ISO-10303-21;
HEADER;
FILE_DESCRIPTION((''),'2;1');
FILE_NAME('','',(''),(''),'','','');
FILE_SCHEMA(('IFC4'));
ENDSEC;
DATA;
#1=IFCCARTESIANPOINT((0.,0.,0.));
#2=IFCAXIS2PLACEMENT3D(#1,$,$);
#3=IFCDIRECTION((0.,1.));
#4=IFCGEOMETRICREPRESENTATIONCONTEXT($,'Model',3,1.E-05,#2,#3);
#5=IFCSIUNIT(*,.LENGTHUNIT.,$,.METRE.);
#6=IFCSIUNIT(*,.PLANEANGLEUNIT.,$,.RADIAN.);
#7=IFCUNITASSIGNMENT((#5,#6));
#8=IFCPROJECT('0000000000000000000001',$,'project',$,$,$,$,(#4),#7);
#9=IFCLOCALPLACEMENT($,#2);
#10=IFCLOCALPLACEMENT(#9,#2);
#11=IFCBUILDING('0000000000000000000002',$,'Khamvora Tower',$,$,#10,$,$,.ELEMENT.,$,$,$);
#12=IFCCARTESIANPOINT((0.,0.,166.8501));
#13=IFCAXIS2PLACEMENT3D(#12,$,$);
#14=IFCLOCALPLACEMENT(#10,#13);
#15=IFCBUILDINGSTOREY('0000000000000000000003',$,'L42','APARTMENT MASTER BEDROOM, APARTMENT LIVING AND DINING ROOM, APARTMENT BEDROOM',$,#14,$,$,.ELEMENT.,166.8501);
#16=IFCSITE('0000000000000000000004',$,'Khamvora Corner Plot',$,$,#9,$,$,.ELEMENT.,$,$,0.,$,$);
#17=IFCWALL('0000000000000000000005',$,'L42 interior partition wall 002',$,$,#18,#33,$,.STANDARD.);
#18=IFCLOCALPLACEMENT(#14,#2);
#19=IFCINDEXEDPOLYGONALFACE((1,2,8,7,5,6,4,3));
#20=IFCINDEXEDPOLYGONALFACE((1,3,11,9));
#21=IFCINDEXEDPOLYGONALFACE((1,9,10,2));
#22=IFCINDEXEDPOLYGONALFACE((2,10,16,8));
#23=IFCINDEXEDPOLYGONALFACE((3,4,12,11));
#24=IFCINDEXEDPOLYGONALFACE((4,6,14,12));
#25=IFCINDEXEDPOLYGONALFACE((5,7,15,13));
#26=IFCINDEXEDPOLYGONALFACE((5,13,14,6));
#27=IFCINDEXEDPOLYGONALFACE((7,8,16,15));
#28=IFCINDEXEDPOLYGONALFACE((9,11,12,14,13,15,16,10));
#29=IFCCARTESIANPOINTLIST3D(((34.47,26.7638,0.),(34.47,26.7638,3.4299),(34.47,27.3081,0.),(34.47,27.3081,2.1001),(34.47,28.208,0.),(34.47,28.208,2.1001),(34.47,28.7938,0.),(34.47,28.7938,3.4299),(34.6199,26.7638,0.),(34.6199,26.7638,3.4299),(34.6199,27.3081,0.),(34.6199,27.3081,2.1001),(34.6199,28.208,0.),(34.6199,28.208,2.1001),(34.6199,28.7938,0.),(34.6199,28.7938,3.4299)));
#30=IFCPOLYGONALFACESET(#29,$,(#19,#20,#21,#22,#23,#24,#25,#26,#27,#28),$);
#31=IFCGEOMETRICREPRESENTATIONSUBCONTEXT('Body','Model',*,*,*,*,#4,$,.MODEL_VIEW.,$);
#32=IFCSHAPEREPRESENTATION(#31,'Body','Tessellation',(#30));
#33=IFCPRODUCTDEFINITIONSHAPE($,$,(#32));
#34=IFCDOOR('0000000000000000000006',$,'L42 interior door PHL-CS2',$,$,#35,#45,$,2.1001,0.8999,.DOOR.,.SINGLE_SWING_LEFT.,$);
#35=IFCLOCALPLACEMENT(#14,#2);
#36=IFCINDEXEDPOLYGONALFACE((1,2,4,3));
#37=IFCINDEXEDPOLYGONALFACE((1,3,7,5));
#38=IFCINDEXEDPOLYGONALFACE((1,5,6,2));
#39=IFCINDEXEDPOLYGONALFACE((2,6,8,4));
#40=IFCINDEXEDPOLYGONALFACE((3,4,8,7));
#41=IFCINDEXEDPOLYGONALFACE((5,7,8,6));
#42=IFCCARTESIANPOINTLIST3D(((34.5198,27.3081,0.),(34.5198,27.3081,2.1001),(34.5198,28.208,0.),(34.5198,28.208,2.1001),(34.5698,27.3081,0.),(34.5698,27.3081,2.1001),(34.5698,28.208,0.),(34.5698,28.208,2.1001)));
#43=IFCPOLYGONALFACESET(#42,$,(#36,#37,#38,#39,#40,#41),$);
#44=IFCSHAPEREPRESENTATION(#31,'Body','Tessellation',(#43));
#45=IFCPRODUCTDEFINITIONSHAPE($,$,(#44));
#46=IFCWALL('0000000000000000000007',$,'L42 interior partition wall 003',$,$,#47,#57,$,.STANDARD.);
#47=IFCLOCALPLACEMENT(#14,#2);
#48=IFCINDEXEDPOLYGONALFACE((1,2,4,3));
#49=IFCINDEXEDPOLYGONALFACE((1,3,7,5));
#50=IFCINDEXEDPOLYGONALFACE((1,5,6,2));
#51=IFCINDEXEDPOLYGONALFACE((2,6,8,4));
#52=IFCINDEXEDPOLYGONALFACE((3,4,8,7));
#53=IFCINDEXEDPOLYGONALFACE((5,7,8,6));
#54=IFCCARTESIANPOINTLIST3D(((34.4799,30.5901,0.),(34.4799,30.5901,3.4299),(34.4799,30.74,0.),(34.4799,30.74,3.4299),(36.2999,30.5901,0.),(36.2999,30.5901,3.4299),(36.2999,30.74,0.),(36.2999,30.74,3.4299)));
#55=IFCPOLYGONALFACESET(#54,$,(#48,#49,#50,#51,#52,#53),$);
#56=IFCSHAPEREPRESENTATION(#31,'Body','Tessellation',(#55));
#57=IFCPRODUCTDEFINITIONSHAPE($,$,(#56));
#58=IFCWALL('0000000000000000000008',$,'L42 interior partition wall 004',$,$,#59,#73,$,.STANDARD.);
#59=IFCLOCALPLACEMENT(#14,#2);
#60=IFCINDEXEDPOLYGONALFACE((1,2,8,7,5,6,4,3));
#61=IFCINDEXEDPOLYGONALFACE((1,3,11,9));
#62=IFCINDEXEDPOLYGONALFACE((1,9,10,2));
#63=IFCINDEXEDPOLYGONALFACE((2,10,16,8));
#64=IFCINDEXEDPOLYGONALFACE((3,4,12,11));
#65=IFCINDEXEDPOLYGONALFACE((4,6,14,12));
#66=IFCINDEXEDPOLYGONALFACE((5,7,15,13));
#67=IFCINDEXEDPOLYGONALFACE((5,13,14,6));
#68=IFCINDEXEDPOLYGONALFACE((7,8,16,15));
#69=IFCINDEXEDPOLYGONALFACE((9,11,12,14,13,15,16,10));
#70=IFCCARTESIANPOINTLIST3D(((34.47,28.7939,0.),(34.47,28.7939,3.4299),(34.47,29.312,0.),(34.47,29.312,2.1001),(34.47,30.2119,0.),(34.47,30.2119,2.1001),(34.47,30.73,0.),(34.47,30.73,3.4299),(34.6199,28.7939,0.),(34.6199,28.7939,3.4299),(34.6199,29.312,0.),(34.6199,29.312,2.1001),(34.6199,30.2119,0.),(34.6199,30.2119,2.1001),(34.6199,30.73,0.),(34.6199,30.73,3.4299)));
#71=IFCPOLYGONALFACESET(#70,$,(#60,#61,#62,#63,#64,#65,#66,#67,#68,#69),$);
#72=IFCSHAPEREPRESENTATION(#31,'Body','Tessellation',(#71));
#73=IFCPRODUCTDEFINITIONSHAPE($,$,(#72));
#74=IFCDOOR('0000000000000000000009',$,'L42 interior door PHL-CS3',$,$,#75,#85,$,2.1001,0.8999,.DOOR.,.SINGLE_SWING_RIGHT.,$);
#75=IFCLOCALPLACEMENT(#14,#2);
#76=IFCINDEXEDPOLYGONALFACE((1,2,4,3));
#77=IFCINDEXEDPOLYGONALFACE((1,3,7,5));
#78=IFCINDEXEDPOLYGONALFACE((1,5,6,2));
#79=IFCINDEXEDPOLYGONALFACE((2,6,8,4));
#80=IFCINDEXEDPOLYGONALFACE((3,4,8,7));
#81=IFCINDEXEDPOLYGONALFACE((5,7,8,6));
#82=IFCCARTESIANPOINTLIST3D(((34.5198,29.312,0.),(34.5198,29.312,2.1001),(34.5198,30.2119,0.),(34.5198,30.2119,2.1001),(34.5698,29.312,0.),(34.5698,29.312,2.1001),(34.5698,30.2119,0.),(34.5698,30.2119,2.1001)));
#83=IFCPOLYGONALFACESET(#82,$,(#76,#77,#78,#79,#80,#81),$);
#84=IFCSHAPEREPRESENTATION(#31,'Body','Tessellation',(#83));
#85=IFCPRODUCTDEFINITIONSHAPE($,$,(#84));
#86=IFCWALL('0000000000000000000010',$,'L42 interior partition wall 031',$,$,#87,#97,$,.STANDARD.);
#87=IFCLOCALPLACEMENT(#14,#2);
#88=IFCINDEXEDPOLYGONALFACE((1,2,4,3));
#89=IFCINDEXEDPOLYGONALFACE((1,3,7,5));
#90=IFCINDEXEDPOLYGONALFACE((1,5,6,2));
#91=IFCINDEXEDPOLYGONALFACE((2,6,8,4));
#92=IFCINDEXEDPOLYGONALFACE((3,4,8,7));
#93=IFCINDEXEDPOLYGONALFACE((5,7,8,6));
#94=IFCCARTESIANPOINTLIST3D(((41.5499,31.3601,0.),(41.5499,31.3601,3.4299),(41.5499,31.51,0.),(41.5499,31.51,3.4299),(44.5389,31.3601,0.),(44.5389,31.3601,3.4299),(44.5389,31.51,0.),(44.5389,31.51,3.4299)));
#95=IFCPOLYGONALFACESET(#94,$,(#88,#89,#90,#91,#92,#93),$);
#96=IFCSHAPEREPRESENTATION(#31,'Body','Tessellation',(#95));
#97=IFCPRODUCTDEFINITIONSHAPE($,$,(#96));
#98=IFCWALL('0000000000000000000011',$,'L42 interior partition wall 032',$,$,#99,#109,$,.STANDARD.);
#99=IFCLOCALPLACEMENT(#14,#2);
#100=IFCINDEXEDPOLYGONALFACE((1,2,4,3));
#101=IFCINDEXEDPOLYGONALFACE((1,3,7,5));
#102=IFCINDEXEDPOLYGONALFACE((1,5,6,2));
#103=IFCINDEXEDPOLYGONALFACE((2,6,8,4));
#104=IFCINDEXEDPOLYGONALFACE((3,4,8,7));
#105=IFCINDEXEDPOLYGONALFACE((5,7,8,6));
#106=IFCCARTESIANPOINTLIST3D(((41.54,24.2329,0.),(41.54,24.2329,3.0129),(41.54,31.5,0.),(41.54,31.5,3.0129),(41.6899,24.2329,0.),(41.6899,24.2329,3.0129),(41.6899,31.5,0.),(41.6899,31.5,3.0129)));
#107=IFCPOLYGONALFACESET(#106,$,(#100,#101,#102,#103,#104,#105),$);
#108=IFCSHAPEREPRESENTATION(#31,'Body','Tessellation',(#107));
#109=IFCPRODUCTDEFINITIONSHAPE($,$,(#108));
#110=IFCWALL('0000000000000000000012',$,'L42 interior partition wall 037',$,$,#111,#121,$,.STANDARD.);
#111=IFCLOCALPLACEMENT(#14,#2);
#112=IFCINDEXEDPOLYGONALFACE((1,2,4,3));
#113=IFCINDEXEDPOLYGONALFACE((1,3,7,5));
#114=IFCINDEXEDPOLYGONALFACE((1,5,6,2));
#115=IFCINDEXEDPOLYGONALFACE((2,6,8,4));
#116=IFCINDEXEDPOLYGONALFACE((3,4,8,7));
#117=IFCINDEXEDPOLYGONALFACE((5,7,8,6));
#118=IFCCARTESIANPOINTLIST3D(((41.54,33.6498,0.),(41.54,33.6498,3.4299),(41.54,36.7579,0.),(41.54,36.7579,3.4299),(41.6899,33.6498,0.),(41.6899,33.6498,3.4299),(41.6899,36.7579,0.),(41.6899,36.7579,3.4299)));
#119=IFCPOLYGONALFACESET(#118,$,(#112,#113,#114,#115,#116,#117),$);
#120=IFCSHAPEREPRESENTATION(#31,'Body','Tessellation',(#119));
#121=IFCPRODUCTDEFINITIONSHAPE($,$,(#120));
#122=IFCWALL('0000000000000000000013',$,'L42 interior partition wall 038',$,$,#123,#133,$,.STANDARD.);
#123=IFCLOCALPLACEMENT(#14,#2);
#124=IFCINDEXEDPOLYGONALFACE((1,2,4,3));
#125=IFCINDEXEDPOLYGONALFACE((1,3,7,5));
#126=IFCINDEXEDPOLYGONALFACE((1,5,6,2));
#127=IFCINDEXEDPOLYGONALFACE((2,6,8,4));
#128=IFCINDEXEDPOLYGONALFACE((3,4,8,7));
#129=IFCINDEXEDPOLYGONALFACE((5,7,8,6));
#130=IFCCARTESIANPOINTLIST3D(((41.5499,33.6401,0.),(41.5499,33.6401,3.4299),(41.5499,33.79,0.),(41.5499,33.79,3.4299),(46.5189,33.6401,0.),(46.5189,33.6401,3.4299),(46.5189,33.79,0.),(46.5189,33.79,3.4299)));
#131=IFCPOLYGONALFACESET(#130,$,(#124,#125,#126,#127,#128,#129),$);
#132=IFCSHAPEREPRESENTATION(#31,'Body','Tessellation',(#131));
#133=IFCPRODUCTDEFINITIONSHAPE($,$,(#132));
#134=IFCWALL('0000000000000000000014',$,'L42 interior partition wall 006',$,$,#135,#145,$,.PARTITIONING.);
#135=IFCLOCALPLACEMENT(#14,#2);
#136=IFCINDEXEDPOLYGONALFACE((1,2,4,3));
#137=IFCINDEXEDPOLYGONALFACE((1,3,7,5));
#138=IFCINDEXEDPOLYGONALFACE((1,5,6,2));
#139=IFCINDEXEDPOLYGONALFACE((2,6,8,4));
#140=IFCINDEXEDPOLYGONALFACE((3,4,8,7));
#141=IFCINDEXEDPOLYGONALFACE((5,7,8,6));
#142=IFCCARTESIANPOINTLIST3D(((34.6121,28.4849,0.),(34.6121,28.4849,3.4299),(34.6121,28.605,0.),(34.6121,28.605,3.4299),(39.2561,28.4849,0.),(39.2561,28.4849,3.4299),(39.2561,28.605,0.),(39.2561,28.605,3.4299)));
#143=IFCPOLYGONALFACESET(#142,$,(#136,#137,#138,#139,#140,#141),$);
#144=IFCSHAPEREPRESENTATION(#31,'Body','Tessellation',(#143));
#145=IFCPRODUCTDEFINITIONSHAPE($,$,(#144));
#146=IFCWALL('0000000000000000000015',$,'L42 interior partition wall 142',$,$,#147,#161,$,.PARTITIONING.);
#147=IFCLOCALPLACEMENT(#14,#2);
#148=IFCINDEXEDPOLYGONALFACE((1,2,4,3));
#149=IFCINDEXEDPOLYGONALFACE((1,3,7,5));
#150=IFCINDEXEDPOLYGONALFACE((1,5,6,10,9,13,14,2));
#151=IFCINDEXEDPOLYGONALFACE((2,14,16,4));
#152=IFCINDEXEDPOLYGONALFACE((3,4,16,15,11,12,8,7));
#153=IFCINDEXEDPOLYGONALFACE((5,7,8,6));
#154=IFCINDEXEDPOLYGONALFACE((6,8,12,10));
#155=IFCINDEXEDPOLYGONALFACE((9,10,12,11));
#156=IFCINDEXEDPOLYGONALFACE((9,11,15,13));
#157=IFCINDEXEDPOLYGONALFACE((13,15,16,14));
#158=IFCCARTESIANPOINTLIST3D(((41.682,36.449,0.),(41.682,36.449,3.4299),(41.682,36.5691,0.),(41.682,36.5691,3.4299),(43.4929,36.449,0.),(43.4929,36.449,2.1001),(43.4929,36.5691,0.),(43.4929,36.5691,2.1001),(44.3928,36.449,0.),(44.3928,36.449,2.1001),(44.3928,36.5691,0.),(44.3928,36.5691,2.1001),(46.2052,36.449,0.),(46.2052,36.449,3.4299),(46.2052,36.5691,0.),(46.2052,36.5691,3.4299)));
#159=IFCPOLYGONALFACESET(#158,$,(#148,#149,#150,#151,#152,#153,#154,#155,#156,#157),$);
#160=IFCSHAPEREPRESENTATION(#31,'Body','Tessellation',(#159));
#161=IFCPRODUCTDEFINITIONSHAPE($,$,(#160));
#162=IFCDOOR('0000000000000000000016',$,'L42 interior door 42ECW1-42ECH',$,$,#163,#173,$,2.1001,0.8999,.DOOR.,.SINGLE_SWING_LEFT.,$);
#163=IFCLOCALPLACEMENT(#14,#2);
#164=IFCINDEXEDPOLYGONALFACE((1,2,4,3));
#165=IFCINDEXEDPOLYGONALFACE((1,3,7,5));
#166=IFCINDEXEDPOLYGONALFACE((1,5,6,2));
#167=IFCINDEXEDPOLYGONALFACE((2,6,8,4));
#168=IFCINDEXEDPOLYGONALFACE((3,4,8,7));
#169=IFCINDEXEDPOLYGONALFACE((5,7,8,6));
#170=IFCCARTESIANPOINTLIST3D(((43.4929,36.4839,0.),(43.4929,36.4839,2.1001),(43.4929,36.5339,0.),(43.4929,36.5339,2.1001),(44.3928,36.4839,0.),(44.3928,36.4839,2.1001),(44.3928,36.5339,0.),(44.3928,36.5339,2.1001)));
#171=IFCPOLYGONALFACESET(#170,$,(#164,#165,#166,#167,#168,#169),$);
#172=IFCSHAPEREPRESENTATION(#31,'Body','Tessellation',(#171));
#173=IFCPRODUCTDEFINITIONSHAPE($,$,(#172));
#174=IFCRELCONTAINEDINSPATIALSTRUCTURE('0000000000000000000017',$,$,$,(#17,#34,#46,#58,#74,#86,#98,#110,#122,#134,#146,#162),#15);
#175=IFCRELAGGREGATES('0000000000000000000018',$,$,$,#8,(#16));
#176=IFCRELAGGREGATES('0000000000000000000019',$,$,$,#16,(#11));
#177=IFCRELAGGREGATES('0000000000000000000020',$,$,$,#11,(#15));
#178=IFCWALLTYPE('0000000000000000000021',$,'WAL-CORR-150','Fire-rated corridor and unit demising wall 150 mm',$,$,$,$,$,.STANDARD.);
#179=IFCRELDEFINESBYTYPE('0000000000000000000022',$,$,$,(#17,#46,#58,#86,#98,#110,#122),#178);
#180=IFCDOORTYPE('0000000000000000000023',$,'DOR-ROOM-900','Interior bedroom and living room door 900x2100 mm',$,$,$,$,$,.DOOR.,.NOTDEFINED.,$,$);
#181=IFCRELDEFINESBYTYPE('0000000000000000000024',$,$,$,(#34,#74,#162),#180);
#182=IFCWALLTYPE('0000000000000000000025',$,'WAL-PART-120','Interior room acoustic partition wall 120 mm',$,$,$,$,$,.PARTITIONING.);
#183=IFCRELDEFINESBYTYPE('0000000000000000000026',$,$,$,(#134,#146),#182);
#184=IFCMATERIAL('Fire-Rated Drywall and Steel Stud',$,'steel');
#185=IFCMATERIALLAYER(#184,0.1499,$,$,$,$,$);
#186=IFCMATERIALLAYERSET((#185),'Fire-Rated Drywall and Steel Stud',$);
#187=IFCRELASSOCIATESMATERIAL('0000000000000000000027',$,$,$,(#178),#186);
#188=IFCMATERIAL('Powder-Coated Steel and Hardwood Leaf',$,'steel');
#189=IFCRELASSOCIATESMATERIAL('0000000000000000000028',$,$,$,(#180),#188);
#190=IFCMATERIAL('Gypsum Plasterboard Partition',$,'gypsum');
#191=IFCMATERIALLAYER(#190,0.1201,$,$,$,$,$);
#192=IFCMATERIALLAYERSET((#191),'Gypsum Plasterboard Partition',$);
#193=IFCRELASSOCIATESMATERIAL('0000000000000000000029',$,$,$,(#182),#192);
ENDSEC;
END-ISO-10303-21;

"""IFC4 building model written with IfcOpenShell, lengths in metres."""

from ifc_helpers import new_model, si_unit, direction, frame, frame_2d, origin, place, context, subcontext, project, spatial, rectangle, extrude, material, layer, layer_set, type_object, element, fill, save


model = new_model("IFC4")

# Units and contexts
model_context = context("Model", 3, precision=1e-05, world=origin(), true_north=direction((0.0, 1.0)))
body_context = subcontext(model_context, "Body", "Model", "MODEL_VIEW")
ifc_project = project(units=[si_unit("LENGTHUNIT", "METRE"), si_unit("PLANEANGLEUNIT", "RADIAN")], contexts=[model_context])

# Site, building, storey
site_placement = place(None, origin())
site = spatial("IfcSite", under=ifc_project, at=site_placement, Name="Khamvora Corner Plot", CompositionType="ELEMENT", RefElevation=0.0)
building_placement = place(site_placement, origin())
building = spatial("IfcBuilding", under=site, at=building_placement, Name="Khamvora Tower", CompositionType="ELEMENT")
storey_placement = place(building_placement, frame((0.0, 0.0, 166.8501)))
storey = spatial("IfcBuildingStorey", under=building, at=storey_placement, Name="L42", Description="APARTMENT MASTER BEDROOM, APARTMENT LIVING AND DINING ROOM, APARTMENT BEDROOM", CompositionType="ELEMENT", Elevation=166.8501)

# Shared definitions
ifc_material_1 = material(Name="Powder-Coated Steel and Hardwood Leaf", Category="steel")

# Wall, opening, door
ifc_material_2 = material(Name="Fire-Rated Drywall and Steel Stud", Category="steel")
ifc_layer_1 = layer(ifc_material_2, 0.1499)
ifc_layer_set_1 = layer_set([ifc_layer_1], Name="Fire-Rated Drywall and Steel Stud")
wall_type_1 = type_object("IfcWallType", Name="WAL-CORR-150", Description="Fire-rated corridor and unit demising wall 150 mm", PredefinedType="STANDARD", material=ifc_layer_set_1)
wall_1_placement = place(storey_placement, frame((34.5449, 28.7939, 0.0), z_axis=(0.0, 0.0, 1.0), x_axis=(0.0, -1.0, 0.0)))
wall_1 = element("IfcWall", 1, at=wall_1_placement, inside=storey, type_object=wall_type_1, Name="L42 interior partition wall 002", PredefinedType="STANDARD", context=body_context, shape_type="SweptSolid", body=[
    extrude(rectangle(XDim=2.03, YDim=0.1499, at=frame_2d((1.0151, 0.0))), origin(), (0.0, 0.0, 1.0), 3.4299),
])
opening_1_placement = place(wall_1_placement, frame((0.5859, 0.0, 0.0)))
opening_1 = element("IfcOpeningElement", 2, at=opening_1_placement, cuts=wall_1, PredefinedType="OPENING", context=body_context, shape_type="SweptSolid", body=[
    extrude(rectangle(XDim=0.8999, YDim=2.1001, at=frame_2d((0.45, 1.05))), frame((0.0, 0.085, 0.0), z_axis=(0.0, -1.0, 0.0), x_axis=(1.0, 0.0, 0.0)), (0.0, 0.0, 1.0), 0.1699),
])
door_type_1 = type_object("IfcDoorType", Name="DOR-ROOM-900", Description="Interior bedroom and living room door 900x2100 mm", OperationType="NOTDEFINED", PredefinedType="DOOR", material=ifc_material_1)
door_1_placement = place(opening_1_placement, origin())
door_1 = element("IfcDoor", 3, at=door_1_placement, inside=storey, type_object=door_type_1, Name="L42 interior door PHL-CS2", OperationType="SINGLE_SWING_LEFT", OverallHeight=2.1001, OverallWidth=0.8999, PredefinedType="DOOR", context=body_context, shape_type="SweptSolid", body=[
    extrude(rectangle(XDim=0.8999, YDim=2.1001, at=frame_2d((0.45, 1.05))), frame((0.0, 0.0249, 0.0), z_axis=(0.0, -1.0, 0.0), x_axis=(1.0, 0.0, 0.0)), (0.0, 0.0, 1.0), 0.05),
])
fill(opening_1, door_1)

# Wall
wall_2_placement = place(storey_placement, frame((36.3, 30.665, 0.0), z_axis=(0.0, 0.0, 1.0), x_axis=(-1.0, 0.0, 0.0)))
element("IfcWall", 4, at=wall_2_placement, inside=storey, type_object=wall_type_1, Name="L42 interior partition wall 003", PredefinedType="STANDARD", context=body_context, shape_type="SweptSolid", body=[
    extrude(rectangle(XDim=1.8201, YDim=0.1499, at=frame_2d((0.9102, 0.0))), origin(), (0.0, 0.0, 1.0), 3.4299),
])

# Wall, opening, door
wall_3_placement = place(storey_placement, frame((34.5449, 30.73, 0.0), z_axis=(0.0, 0.0, 1.0), x_axis=(0.0, -1.0, 0.0)))
wall_3 = element("IfcWall", 5, at=wall_3_placement, inside=storey, type_object=wall_type_1, Name="L42 interior partition wall 004", PredefinedType="STANDARD", context=body_context, shape_type="SweptSolid", body=[
    extrude(rectangle(XDim=1.936, YDim=0.1499, at=frame_2d((0.968, 0.0))), origin(), (0.0, 0.0, 1.0), 3.4299),
])
opening_2_placement = place(wall_3_placement, frame((0.5181, 0.0, 0.0)))
opening_2 = element("IfcOpeningElement", 6, at=opening_2_placement, cuts=wall_3, PredefinedType="OPENING", context=body_context, shape_type="SweptSolid", body=[
    extrude(rectangle(XDim=0.8999, YDim=2.1001, at=frame_2d((0.45, 1.05))), frame((0.0, 0.085, 0.0), z_axis=(0.0, -1.0, 0.0), x_axis=(1.0, 0.0, 0.0)), (0.0, 0.0, 1.0), 0.1699),
])
door_2_placement = place(opening_2_placement, origin())
door_2 = element("IfcDoor", 7, at=door_2_placement, inside=storey, type_object=door_type_1, Name="L42 interior door PHL-CS3", OperationType="SINGLE_SWING_RIGHT", OverallHeight=2.1001, OverallWidth=0.8999, PredefinedType="DOOR", context=body_context, shape_type="SweptSolid", body=[
    extrude(rectangle(XDim=0.8999, YDim=2.1001, at=frame_2d((0.45, 1.05))), frame((0.0, 0.0249, 0.0), z_axis=(0.0, -1.0, 0.0), x_axis=(1.0, 0.0, 0.0)), (0.0, 0.0, 1.0), 0.05),
])
fill(opening_2, door_2)

# Walls
wall_4_placement = place(storey_placement, frame((44.5391, 31.4351, 0.0), z_axis=(0.0, 0.0, 1.0), x_axis=(-1.0, 0.0, 0.0)))
element("IfcWall", 8, at=wall_4_placement, inside=storey, type_object=wall_type_1, Name="L42 interior partition wall 031", PredefinedType="STANDARD", context=body_context, shape_type="SweptSolid", body=[
    extrude(rectangle(XDim=2.989, YDim=0.1499, at=frame_2d((1.4946, 0.0))), origin(), (0.0, 0.0, 1.0), 3.4299),
])
wall_5_placement = place(storey_placement, frame((41.615, 31.5, 0.0), z_axis=(0.0, 0.0, 1.0), x_axis=(0.0, -1.0, 0.0)))
element("IfcWall", 9, at=wall_5_placement, inside=storey, type_object=wall_type_1, Name="L42 interior partition wall 032", PredefinedType="STANDARD", context=body_context, shape_type="SweptSolid", body=[
    extrude(rectangle(XDim=7.2671, YDim=0.1499, at=frame_2d((3.6335, 0.0))), origin(), (0.0, 0.0, 1.0), 3.0129),
])
wall_6_placement = place(storey_placement, frame((41.615, 36.7581, 0.0), z_axis=(0.0, 0.0, 1.0), x_axis=(0.0, -1.0, 0.0)))
element("IfcWall", 10, at=wall_6_placement, inside=storey, type_object=wall_type_1, Name="L42 interior partition wall 037", PredefinedType="STANDARD", context=body_context, shape_type="SweptSolid", body=[
    extrude(rectangle(XDim=3.1082, YDim=0.1499, at=frame_2d((1.5542, 0.0))), origin(), (0.0, 0.0, 1.0), 3.4299),
])
wall_7_placement = place(storey_placement, frame((41.55, 33.7151, 0.0), z_axis=(0.0, 0.0, 1.0), x_axis=(1.0, 0.0, 0.0)))
element("IfcWall", 11, at=wall_7_placement, inside=storey, type_object=wall_type_1, Name="L42 interior partition wall 038", PredefinedType="STANDARD", context=body_context, shape_type="SweptSolid", body=[
    extrude(rectangle(XDim=4.969, YDim=0.1499, at=frame_2d((2.4844, 0.0))), origin(), (0.0, 0.0, 1.0), 3.4299),
])
ifc_material_3 = material(Name="Gypsum Plasterboard Partition", Category="gypsum")
ifc_layer_2 = layer(ifc_material_3, 0.1201)
ifc_layer_set_2 = layer_set([ifc_layer_2], Name="Gypsum Plasterboard Partition")
wall_type_2 = type_object("IfcWallType", Name="WAL-PART-120", Description="Interior room acoustic partition wall 120 mm", PredefinedType="PARTITIONING", material=ifc_layer_set_2)
wall_8_placement = place(storey_placement, frame((34.6121, 28.5449, 0.0), z_axis=(0.0, 0.0, 1.0), x_axis=(1.0, 0.0, 0.0)))
element("IfcWall", 12, at=wall_8_placement, inside=storey, type_object=wall_type_2, Name="L42 interior partition wall 006", PredefinedType="PARTITIONING", context=body_context, shape_type="SweptSolid", body=[
    extrude(rectangle(XDim=4.644, YDim=0.1201, at=frame_2d((2.322, 0.0))), origin(), (0.0, 0.0, 1.0), 3.4299),
])

# Wall, opening, door
wall_9_placement = place(storey_placement, frame((41.6819, 36.509, 0.0), z_axis=(0.0, 0.0, 1.0), x_axis=(1.0, 0.0, 0.0)))
wall_9 = element("IfcWall", 13, at=wall_9_placement, inside=storey, type_object=wall_type_2, Name="L42 interior partition wall 142", PredefinedType="PARTITIONING", context=body_context, shape_type="SweptSolid", body=[
    extrude(rectangle(XDim=4.5232, YDim=0.1201, at=frame_2d((2.2617, 0.0))), origin(), (0.0, 0.0, 1.0), 3.4299),
])
opening_3_placement = place(wall_9_placement, frame((1.811, 0.0, 0.0)))
opening_3 = element("IfcOpeningElement", 14, at=opening_3_placement, cuts=wall_9, PredefinedType="OPENING", context=body_context, shape_type="SweptSolid", body=[
    extrude(rectangle(XDim=0.8999, YDim=2.1001, at=frame_2d((0.45, 1.05))), frame((0.0, 0.0701, 0.0), z_axis=(0.0, -1.0, 0.0), x_axis=(1.0, 0.0, 0.0)), (0.0, 0.0, 1.0), 0.1401),
])
door_3_placement = place(opening_3_placement, origin())
door_3 = element("IfcDoor", 15, at=door_3_placement, inside=storey, type_object=door_type_1, Name="L42 interior door 42ECW1-42ECH", OperationType="SINGLE_SWING_LEFT", OverallHeight=2.1001, OverallWidth=0.8999, PredefinedType="DOOR", context=body_context, shape_type="SweptSolid", body=[
    extrude(rectangle(XDim=0.8999, YDim=2.1001, at=frame_2d((0.45, 1.05))), frame((0.0, 0.0249, 0.0), z_axis=(0.0, -1.0, 0.0), x_axis=(1.0, 0.0, 0.0)), (0.0, 0.0, 1.0), 0.05),
])
fill(opening_3, door_3)

save(model, "model.ifc")
